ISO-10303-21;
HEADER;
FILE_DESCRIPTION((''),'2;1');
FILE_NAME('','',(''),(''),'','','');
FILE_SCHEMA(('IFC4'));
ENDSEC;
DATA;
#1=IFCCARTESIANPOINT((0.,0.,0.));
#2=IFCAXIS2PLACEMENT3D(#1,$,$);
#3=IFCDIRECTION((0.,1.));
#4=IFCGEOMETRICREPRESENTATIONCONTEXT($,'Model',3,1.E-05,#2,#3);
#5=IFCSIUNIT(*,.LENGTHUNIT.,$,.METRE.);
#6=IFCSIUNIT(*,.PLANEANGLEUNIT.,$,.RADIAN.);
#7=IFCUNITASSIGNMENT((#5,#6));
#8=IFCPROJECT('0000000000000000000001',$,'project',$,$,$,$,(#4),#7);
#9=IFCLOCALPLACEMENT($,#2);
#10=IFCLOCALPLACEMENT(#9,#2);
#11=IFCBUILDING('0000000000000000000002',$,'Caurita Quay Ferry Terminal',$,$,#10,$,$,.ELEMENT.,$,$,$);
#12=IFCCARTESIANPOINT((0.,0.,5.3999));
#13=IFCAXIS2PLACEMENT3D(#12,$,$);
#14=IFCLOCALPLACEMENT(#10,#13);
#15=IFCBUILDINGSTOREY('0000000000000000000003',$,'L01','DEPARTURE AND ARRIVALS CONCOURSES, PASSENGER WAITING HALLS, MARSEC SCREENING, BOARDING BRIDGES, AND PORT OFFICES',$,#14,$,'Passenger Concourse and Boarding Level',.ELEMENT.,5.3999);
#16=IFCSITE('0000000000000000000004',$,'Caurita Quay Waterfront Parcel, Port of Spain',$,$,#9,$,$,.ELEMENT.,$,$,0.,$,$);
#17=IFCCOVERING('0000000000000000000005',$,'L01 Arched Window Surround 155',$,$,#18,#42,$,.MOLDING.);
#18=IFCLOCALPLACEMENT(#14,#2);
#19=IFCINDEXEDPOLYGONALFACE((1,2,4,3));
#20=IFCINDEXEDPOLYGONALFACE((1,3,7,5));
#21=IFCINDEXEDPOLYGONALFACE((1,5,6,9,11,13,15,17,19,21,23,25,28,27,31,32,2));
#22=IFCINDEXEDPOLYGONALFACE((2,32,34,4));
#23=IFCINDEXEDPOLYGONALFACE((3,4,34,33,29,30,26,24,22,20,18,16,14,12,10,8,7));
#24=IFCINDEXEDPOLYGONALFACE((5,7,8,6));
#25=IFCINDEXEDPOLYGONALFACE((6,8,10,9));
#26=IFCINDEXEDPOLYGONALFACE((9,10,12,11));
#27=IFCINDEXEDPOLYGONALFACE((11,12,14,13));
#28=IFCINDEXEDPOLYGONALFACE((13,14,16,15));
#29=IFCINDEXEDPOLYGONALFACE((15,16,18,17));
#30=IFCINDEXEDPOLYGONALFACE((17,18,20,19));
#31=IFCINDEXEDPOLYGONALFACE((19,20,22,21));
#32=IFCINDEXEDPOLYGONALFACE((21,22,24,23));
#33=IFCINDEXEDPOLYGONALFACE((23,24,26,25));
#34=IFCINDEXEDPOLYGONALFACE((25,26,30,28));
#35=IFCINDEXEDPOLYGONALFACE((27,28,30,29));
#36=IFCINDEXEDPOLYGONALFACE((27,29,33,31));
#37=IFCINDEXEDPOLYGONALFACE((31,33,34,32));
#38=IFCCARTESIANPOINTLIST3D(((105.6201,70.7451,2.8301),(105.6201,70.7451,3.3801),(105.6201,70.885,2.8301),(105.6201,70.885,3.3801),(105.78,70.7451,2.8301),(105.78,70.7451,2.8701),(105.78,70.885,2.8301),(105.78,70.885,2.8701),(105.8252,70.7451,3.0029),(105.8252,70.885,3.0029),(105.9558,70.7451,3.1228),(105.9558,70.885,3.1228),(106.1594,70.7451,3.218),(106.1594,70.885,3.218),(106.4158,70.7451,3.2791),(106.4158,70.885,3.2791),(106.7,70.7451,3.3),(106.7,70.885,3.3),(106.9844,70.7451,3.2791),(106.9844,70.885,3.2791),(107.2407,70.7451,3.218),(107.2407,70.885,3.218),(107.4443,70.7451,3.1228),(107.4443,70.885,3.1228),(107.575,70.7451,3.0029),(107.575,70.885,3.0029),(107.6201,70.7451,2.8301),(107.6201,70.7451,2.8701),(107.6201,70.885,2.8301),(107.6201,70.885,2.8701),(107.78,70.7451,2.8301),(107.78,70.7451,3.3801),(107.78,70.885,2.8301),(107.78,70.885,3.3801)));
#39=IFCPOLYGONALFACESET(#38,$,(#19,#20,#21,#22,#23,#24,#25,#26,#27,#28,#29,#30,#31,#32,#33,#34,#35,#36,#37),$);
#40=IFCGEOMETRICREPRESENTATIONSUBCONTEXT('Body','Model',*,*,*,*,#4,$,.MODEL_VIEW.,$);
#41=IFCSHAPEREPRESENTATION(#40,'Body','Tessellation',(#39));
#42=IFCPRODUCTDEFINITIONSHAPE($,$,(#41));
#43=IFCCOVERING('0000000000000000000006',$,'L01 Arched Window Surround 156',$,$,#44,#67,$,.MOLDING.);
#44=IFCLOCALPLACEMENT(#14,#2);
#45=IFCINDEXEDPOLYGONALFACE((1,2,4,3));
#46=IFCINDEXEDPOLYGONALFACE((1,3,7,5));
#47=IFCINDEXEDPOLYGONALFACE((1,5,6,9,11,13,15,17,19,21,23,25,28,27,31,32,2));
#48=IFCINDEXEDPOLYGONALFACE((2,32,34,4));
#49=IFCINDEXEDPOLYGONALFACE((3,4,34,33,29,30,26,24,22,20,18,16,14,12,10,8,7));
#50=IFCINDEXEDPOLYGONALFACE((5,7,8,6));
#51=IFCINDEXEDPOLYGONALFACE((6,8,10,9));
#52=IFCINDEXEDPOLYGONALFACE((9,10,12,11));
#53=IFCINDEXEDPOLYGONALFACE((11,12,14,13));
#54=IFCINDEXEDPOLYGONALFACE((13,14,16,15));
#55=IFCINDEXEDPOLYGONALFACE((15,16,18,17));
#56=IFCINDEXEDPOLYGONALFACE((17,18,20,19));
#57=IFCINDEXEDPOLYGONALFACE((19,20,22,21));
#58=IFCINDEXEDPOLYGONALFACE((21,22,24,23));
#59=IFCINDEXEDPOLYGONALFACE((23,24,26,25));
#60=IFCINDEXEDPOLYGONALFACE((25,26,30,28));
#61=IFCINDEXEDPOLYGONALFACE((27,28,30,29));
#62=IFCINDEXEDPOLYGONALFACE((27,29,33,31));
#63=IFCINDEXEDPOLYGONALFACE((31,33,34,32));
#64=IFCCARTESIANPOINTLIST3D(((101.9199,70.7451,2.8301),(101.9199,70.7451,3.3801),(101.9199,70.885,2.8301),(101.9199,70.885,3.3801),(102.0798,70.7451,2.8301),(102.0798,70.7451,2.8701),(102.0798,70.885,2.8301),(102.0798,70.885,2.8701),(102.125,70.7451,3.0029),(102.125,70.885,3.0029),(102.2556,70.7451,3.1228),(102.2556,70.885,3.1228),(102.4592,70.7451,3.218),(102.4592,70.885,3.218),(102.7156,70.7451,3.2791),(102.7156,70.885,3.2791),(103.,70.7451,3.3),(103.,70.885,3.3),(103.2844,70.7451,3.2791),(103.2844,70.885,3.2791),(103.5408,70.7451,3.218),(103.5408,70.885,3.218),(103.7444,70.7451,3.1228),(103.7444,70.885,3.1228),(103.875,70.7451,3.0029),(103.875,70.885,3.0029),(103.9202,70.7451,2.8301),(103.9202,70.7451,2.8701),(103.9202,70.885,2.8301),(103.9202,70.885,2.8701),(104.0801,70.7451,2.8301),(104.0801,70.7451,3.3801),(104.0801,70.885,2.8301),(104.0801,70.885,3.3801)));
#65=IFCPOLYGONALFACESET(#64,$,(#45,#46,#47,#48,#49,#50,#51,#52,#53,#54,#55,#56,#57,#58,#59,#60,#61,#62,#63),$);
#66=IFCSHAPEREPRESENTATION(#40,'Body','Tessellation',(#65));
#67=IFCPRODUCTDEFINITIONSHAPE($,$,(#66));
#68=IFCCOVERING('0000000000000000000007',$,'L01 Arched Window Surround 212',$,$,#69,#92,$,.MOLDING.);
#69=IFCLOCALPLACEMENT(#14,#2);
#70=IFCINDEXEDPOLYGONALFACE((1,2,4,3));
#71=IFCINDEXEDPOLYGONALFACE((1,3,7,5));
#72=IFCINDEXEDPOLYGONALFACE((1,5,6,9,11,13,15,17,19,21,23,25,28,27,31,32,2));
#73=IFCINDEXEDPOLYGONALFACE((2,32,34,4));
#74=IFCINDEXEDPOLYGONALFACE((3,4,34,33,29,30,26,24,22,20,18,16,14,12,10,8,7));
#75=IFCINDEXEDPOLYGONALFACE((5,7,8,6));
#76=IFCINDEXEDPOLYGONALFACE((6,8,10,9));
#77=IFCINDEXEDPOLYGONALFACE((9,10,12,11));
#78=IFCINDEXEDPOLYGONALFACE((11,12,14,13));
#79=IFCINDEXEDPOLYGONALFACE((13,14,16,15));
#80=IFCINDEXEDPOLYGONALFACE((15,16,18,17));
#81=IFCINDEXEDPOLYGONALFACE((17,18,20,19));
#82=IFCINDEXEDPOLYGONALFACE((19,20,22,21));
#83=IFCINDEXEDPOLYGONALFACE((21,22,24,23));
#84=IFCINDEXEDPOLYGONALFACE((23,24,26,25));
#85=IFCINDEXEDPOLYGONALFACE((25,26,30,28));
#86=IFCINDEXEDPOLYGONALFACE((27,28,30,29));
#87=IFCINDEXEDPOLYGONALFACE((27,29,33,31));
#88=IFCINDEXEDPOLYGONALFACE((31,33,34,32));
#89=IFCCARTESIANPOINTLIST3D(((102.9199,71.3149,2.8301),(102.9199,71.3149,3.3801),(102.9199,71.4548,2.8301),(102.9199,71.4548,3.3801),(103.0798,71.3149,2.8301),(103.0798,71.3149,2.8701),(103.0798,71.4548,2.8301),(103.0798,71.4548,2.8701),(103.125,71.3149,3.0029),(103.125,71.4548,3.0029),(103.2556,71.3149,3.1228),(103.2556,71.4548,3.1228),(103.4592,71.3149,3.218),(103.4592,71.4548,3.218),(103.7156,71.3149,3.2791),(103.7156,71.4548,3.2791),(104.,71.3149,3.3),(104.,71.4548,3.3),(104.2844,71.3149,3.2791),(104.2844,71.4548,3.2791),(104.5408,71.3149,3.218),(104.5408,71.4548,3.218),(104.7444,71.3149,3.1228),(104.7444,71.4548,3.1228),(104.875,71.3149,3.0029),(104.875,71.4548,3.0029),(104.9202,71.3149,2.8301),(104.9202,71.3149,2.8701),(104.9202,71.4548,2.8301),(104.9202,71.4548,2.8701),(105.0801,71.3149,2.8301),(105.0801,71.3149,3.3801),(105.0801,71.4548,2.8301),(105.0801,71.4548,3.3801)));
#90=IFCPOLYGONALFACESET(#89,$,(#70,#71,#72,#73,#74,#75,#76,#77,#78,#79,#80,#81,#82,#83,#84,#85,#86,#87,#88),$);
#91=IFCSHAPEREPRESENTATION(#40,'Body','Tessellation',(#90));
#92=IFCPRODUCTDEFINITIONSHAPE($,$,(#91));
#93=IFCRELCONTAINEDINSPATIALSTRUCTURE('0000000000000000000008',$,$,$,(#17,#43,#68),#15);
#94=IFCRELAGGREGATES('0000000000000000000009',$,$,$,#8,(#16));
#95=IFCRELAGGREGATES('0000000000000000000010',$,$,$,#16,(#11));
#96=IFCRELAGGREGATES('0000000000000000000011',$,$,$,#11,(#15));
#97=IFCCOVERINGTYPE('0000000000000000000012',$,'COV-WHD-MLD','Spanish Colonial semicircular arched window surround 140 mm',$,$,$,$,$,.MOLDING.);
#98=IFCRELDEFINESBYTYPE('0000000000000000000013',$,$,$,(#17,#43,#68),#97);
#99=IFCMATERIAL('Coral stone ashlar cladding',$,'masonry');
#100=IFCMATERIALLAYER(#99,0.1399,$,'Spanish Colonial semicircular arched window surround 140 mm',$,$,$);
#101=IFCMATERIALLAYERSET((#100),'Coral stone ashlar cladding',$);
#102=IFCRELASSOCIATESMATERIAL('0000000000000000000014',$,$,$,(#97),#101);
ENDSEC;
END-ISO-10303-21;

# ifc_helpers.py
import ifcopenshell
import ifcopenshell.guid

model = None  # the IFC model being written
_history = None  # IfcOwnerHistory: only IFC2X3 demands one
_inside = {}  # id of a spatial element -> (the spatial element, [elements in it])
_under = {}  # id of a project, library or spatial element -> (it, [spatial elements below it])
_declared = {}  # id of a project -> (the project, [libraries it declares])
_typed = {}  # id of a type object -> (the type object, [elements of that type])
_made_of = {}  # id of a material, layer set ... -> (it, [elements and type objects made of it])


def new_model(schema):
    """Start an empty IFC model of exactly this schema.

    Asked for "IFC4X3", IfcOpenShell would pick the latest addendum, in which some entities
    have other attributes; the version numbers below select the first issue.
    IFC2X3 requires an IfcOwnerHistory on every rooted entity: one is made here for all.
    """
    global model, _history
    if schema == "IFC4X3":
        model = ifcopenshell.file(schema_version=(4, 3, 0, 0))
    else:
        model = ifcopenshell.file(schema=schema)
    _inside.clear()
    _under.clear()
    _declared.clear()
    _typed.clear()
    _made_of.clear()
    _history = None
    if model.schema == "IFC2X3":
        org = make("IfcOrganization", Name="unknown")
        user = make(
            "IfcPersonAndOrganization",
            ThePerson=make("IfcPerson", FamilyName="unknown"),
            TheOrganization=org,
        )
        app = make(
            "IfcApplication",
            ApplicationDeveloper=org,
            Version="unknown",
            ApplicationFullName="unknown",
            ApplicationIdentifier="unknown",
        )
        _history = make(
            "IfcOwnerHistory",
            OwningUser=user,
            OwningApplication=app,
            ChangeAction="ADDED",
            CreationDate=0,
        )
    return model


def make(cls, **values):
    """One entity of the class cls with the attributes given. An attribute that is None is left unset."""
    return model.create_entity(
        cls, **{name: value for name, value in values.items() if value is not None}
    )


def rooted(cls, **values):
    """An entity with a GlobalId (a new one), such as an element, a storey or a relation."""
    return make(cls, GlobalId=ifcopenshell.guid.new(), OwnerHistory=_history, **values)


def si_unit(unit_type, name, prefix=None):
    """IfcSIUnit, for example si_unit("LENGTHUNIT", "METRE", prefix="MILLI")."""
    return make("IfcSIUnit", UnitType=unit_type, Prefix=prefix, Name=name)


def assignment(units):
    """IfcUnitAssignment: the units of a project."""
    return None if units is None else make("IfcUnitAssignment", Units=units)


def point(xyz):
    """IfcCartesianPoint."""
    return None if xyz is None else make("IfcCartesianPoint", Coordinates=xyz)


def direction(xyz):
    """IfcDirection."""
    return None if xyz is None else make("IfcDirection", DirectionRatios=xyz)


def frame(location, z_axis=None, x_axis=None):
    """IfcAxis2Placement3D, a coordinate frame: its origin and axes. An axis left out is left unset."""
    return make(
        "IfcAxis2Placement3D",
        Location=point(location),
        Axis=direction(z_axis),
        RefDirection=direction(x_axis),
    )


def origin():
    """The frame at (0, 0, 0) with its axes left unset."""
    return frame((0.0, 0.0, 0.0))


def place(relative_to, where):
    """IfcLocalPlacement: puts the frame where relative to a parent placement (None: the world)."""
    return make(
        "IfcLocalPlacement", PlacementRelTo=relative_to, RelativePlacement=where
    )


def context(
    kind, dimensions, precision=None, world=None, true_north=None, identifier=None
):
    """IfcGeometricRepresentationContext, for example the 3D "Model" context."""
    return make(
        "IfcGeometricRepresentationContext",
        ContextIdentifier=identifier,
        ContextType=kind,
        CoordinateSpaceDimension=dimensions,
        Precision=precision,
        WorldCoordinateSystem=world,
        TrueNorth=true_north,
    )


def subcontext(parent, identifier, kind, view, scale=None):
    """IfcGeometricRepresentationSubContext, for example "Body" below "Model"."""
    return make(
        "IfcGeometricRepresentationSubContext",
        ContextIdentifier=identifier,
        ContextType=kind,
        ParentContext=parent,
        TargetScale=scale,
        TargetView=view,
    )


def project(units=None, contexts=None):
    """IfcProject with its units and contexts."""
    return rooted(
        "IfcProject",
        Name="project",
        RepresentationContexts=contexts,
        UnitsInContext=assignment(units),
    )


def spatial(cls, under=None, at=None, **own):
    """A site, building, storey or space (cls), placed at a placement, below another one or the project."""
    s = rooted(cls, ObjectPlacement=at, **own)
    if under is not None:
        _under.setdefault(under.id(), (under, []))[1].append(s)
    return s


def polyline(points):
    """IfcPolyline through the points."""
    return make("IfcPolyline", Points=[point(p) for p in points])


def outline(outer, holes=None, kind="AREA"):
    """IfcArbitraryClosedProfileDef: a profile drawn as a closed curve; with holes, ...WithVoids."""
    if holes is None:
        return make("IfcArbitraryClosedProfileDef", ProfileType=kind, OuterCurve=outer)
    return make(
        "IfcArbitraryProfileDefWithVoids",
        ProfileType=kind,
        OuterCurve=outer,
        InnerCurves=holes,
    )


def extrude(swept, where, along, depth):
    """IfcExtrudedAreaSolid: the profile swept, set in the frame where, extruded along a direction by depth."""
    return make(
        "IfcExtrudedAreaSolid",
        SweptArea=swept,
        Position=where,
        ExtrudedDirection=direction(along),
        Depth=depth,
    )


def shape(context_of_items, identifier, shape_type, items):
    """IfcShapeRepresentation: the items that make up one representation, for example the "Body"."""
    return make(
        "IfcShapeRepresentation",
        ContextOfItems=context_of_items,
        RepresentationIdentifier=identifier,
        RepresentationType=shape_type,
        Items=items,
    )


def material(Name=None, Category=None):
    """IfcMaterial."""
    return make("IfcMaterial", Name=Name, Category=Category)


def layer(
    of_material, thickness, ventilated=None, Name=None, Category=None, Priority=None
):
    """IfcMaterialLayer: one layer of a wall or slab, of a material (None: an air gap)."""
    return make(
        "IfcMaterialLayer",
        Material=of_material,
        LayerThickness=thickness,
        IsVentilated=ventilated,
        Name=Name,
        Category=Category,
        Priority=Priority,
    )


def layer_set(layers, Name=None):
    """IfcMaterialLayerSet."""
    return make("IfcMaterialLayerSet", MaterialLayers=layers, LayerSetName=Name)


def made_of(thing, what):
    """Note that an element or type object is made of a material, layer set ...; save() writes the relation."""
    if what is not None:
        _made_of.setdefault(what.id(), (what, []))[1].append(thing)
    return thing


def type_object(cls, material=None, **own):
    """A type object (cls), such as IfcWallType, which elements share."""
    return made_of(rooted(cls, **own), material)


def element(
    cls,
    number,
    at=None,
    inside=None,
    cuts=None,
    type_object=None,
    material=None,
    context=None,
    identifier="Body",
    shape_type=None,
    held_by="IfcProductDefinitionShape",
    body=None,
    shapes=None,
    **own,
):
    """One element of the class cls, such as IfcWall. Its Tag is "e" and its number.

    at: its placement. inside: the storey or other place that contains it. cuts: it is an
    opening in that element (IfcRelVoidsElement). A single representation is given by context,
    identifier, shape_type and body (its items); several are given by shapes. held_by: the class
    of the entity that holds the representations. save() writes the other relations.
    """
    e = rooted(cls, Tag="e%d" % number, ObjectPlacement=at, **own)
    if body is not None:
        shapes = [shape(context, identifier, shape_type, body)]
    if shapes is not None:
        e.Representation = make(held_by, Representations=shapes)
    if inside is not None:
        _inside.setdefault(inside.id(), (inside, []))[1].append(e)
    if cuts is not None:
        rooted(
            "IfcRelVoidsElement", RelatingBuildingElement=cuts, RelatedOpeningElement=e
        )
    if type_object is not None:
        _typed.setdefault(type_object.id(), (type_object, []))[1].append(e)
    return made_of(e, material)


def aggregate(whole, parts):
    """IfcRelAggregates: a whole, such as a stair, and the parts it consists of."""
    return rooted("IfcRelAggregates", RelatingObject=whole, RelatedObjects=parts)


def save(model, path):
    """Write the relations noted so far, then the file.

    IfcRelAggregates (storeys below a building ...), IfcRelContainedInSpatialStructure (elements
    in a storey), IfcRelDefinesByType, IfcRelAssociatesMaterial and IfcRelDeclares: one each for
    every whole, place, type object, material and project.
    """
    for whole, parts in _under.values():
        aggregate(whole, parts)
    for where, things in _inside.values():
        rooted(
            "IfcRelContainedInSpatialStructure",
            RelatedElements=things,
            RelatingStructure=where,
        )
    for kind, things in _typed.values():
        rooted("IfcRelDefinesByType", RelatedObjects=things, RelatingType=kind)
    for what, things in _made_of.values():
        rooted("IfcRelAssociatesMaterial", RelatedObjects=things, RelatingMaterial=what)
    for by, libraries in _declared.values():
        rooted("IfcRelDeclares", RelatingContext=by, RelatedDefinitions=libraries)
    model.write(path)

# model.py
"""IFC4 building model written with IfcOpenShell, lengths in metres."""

from ifc_helpers import new_model, si_unit, direction, frame, origin, place, context, subcontext, project, spatial, polyline, outline, extrude, material, layer, layer_set, type_object, element, save


model = new_model("IFC4")

# Units and contexts
model_context = context("Model", 3, precision=1e-05, world=origin(), true_north=direction((0.0, 1.0)))
body_context = subcontext(model_context, "Body", "Model", "MODEL_VIEW")
ifc_project = project(units=[si_unit("LENGTHUNIT", "METRE"), si_unit("PLANEANGLEUNIT", "RADIAN")], contexts=[model_context])

# Site, building, storey
site_placement = place(None, origin())
site = spatial("IfcSite", under=ifc_project, at=site_placement, Name="Caurita Quay Waterfront Parcel, Port of Spain", CompositionType="ELEMENT", RefElevation=0.0)
building_placement = place(site_placement, origin())
building = spatial("IfcBuilding", under=site, at=building_placement, Name="Caurita Quay Ferry Terminal", CompositionType="ELEMENT")
storey_placement = place(building_placement, frame((0.0, 0.0, 5.3999)))
storey = spatial("IfcBuildingStorey", under=building, at=storey_placement, Name="L01", Description="DEPARTURE AND ARRIVALS CONCOURSES, PASSENGER WAITING HALLS, MARSEC SCREENING, BOARDING BRIDGES, AND PORT OFFICES", LongName="Passenger Concourse and Boarding Level", CompositionType="ELEMENT", Elevation=5.3999)

# Coverings
ifc_material_1 = material(Name="Coral stone ashlar cladding", Category="masonry")
ifc_layer_1 = layer(ifc_material_1, 0.1399, Name="Spanish Colonial semicircular arched window surround 140 mm")
ifc_layer_set_1 = layer_set([ifc_layer_1], Name="Coral stone ashlar cladding")
covering_type_1 = type_object("IfcCoveringType", Name="COV-WHD-MLD", Description="Spanish Colonial semicircular arched window surround 140 mm", PredefinedType="MOLDING", material=ifc_layer_set_1)
covering_1_placement = place(storey_placement, frame((107.78, 70.8149, 2.8301), z_axis=(0.0, 0.0, 1.0), x_axis=(-1.0, 0.0, 0.0)))
element("IfcCovering", 1, at=covering_1_placement, inside=storey, type_object=covering_type_1, Name="L01 Arched Window Surround 155", PredefinedType="MOLDING", context=body_context, shape_type="SweptSolid", body=[
    extrude(outline(polyline([(0.0, 0.0), (0.1599, 0.0), (0.1599, 0.04), (0.2051, 0.1729), (0.3357, 0.2927), (0.5393, 0.3879), (0.7957, 0.449), (1.0801, 0.47), (1.3643, 0.449), (1.6206, 0.3879), (1.8242, 0.2927), (1.9548, 0.1729), (2.0, 0.04), (2.0, 0.0), (2.1599, 0.0), (2.1599, 0.55), (0.0, 0.55), (0.0, 0.0)])), frame((0.0, 0.0698, 0.0), z_axis=(0.0, -1.0, 0.0), x_axis=(1.0, 0.0, 0.0)), (0.0, 0.0, 1.0), 0.1399),
])
for number, where, z_axis, x_axis, name in (
    (2, (104.0801, 70.8149, 2.8301), (0.0, 0.0, 1.0), (-1.0, 0.0, 0.0), "L01 Arched Window Surround 156"),
    (3, (102.9199, 71.385, 2.8301), (0.0, 0.0, 1.0), (1.0, 0.0, 0.0), "L01 Arched Window Surround 212"),
):
    element("IfcCovering", number, at=place(storey_placement, frame(where, z_axis=z_axis, x_axis=x_axis)), inside=storey, type_object=covering_type_1, Name=name, PredefinedType="MOLDING", context=body_context, shape_type="SweptSolid", body=[
        extrude(outline(polyline([(0.0, 0.0), (0.1599, 0.0), (0.1599, 0.04), (0.2051, 0.1729), (0.3357, 0.2927), (0.5393, 0.3879), (0.7957, 0.449), (1.0801, 0.47), (1.3645, 0.449), (1.6208, 0.3879), (1.8245, 0.2927), (1.9551, 0.1729), (2.0002, 0.04), (2.0002, 0.0), (2.1602, 0.0), (2.1602, 0.55), (0.0, 0.55), (0.0, 0.0)])), frame((0.0, 0.0698, 0.0), z_axis=(0.0, -1.0, 0.0), x_axis=(1.0, 0.0, 0.0)), (0.0, 0.0, 1.0), 0.1399),
    ])

save(model, "model.ifc")
